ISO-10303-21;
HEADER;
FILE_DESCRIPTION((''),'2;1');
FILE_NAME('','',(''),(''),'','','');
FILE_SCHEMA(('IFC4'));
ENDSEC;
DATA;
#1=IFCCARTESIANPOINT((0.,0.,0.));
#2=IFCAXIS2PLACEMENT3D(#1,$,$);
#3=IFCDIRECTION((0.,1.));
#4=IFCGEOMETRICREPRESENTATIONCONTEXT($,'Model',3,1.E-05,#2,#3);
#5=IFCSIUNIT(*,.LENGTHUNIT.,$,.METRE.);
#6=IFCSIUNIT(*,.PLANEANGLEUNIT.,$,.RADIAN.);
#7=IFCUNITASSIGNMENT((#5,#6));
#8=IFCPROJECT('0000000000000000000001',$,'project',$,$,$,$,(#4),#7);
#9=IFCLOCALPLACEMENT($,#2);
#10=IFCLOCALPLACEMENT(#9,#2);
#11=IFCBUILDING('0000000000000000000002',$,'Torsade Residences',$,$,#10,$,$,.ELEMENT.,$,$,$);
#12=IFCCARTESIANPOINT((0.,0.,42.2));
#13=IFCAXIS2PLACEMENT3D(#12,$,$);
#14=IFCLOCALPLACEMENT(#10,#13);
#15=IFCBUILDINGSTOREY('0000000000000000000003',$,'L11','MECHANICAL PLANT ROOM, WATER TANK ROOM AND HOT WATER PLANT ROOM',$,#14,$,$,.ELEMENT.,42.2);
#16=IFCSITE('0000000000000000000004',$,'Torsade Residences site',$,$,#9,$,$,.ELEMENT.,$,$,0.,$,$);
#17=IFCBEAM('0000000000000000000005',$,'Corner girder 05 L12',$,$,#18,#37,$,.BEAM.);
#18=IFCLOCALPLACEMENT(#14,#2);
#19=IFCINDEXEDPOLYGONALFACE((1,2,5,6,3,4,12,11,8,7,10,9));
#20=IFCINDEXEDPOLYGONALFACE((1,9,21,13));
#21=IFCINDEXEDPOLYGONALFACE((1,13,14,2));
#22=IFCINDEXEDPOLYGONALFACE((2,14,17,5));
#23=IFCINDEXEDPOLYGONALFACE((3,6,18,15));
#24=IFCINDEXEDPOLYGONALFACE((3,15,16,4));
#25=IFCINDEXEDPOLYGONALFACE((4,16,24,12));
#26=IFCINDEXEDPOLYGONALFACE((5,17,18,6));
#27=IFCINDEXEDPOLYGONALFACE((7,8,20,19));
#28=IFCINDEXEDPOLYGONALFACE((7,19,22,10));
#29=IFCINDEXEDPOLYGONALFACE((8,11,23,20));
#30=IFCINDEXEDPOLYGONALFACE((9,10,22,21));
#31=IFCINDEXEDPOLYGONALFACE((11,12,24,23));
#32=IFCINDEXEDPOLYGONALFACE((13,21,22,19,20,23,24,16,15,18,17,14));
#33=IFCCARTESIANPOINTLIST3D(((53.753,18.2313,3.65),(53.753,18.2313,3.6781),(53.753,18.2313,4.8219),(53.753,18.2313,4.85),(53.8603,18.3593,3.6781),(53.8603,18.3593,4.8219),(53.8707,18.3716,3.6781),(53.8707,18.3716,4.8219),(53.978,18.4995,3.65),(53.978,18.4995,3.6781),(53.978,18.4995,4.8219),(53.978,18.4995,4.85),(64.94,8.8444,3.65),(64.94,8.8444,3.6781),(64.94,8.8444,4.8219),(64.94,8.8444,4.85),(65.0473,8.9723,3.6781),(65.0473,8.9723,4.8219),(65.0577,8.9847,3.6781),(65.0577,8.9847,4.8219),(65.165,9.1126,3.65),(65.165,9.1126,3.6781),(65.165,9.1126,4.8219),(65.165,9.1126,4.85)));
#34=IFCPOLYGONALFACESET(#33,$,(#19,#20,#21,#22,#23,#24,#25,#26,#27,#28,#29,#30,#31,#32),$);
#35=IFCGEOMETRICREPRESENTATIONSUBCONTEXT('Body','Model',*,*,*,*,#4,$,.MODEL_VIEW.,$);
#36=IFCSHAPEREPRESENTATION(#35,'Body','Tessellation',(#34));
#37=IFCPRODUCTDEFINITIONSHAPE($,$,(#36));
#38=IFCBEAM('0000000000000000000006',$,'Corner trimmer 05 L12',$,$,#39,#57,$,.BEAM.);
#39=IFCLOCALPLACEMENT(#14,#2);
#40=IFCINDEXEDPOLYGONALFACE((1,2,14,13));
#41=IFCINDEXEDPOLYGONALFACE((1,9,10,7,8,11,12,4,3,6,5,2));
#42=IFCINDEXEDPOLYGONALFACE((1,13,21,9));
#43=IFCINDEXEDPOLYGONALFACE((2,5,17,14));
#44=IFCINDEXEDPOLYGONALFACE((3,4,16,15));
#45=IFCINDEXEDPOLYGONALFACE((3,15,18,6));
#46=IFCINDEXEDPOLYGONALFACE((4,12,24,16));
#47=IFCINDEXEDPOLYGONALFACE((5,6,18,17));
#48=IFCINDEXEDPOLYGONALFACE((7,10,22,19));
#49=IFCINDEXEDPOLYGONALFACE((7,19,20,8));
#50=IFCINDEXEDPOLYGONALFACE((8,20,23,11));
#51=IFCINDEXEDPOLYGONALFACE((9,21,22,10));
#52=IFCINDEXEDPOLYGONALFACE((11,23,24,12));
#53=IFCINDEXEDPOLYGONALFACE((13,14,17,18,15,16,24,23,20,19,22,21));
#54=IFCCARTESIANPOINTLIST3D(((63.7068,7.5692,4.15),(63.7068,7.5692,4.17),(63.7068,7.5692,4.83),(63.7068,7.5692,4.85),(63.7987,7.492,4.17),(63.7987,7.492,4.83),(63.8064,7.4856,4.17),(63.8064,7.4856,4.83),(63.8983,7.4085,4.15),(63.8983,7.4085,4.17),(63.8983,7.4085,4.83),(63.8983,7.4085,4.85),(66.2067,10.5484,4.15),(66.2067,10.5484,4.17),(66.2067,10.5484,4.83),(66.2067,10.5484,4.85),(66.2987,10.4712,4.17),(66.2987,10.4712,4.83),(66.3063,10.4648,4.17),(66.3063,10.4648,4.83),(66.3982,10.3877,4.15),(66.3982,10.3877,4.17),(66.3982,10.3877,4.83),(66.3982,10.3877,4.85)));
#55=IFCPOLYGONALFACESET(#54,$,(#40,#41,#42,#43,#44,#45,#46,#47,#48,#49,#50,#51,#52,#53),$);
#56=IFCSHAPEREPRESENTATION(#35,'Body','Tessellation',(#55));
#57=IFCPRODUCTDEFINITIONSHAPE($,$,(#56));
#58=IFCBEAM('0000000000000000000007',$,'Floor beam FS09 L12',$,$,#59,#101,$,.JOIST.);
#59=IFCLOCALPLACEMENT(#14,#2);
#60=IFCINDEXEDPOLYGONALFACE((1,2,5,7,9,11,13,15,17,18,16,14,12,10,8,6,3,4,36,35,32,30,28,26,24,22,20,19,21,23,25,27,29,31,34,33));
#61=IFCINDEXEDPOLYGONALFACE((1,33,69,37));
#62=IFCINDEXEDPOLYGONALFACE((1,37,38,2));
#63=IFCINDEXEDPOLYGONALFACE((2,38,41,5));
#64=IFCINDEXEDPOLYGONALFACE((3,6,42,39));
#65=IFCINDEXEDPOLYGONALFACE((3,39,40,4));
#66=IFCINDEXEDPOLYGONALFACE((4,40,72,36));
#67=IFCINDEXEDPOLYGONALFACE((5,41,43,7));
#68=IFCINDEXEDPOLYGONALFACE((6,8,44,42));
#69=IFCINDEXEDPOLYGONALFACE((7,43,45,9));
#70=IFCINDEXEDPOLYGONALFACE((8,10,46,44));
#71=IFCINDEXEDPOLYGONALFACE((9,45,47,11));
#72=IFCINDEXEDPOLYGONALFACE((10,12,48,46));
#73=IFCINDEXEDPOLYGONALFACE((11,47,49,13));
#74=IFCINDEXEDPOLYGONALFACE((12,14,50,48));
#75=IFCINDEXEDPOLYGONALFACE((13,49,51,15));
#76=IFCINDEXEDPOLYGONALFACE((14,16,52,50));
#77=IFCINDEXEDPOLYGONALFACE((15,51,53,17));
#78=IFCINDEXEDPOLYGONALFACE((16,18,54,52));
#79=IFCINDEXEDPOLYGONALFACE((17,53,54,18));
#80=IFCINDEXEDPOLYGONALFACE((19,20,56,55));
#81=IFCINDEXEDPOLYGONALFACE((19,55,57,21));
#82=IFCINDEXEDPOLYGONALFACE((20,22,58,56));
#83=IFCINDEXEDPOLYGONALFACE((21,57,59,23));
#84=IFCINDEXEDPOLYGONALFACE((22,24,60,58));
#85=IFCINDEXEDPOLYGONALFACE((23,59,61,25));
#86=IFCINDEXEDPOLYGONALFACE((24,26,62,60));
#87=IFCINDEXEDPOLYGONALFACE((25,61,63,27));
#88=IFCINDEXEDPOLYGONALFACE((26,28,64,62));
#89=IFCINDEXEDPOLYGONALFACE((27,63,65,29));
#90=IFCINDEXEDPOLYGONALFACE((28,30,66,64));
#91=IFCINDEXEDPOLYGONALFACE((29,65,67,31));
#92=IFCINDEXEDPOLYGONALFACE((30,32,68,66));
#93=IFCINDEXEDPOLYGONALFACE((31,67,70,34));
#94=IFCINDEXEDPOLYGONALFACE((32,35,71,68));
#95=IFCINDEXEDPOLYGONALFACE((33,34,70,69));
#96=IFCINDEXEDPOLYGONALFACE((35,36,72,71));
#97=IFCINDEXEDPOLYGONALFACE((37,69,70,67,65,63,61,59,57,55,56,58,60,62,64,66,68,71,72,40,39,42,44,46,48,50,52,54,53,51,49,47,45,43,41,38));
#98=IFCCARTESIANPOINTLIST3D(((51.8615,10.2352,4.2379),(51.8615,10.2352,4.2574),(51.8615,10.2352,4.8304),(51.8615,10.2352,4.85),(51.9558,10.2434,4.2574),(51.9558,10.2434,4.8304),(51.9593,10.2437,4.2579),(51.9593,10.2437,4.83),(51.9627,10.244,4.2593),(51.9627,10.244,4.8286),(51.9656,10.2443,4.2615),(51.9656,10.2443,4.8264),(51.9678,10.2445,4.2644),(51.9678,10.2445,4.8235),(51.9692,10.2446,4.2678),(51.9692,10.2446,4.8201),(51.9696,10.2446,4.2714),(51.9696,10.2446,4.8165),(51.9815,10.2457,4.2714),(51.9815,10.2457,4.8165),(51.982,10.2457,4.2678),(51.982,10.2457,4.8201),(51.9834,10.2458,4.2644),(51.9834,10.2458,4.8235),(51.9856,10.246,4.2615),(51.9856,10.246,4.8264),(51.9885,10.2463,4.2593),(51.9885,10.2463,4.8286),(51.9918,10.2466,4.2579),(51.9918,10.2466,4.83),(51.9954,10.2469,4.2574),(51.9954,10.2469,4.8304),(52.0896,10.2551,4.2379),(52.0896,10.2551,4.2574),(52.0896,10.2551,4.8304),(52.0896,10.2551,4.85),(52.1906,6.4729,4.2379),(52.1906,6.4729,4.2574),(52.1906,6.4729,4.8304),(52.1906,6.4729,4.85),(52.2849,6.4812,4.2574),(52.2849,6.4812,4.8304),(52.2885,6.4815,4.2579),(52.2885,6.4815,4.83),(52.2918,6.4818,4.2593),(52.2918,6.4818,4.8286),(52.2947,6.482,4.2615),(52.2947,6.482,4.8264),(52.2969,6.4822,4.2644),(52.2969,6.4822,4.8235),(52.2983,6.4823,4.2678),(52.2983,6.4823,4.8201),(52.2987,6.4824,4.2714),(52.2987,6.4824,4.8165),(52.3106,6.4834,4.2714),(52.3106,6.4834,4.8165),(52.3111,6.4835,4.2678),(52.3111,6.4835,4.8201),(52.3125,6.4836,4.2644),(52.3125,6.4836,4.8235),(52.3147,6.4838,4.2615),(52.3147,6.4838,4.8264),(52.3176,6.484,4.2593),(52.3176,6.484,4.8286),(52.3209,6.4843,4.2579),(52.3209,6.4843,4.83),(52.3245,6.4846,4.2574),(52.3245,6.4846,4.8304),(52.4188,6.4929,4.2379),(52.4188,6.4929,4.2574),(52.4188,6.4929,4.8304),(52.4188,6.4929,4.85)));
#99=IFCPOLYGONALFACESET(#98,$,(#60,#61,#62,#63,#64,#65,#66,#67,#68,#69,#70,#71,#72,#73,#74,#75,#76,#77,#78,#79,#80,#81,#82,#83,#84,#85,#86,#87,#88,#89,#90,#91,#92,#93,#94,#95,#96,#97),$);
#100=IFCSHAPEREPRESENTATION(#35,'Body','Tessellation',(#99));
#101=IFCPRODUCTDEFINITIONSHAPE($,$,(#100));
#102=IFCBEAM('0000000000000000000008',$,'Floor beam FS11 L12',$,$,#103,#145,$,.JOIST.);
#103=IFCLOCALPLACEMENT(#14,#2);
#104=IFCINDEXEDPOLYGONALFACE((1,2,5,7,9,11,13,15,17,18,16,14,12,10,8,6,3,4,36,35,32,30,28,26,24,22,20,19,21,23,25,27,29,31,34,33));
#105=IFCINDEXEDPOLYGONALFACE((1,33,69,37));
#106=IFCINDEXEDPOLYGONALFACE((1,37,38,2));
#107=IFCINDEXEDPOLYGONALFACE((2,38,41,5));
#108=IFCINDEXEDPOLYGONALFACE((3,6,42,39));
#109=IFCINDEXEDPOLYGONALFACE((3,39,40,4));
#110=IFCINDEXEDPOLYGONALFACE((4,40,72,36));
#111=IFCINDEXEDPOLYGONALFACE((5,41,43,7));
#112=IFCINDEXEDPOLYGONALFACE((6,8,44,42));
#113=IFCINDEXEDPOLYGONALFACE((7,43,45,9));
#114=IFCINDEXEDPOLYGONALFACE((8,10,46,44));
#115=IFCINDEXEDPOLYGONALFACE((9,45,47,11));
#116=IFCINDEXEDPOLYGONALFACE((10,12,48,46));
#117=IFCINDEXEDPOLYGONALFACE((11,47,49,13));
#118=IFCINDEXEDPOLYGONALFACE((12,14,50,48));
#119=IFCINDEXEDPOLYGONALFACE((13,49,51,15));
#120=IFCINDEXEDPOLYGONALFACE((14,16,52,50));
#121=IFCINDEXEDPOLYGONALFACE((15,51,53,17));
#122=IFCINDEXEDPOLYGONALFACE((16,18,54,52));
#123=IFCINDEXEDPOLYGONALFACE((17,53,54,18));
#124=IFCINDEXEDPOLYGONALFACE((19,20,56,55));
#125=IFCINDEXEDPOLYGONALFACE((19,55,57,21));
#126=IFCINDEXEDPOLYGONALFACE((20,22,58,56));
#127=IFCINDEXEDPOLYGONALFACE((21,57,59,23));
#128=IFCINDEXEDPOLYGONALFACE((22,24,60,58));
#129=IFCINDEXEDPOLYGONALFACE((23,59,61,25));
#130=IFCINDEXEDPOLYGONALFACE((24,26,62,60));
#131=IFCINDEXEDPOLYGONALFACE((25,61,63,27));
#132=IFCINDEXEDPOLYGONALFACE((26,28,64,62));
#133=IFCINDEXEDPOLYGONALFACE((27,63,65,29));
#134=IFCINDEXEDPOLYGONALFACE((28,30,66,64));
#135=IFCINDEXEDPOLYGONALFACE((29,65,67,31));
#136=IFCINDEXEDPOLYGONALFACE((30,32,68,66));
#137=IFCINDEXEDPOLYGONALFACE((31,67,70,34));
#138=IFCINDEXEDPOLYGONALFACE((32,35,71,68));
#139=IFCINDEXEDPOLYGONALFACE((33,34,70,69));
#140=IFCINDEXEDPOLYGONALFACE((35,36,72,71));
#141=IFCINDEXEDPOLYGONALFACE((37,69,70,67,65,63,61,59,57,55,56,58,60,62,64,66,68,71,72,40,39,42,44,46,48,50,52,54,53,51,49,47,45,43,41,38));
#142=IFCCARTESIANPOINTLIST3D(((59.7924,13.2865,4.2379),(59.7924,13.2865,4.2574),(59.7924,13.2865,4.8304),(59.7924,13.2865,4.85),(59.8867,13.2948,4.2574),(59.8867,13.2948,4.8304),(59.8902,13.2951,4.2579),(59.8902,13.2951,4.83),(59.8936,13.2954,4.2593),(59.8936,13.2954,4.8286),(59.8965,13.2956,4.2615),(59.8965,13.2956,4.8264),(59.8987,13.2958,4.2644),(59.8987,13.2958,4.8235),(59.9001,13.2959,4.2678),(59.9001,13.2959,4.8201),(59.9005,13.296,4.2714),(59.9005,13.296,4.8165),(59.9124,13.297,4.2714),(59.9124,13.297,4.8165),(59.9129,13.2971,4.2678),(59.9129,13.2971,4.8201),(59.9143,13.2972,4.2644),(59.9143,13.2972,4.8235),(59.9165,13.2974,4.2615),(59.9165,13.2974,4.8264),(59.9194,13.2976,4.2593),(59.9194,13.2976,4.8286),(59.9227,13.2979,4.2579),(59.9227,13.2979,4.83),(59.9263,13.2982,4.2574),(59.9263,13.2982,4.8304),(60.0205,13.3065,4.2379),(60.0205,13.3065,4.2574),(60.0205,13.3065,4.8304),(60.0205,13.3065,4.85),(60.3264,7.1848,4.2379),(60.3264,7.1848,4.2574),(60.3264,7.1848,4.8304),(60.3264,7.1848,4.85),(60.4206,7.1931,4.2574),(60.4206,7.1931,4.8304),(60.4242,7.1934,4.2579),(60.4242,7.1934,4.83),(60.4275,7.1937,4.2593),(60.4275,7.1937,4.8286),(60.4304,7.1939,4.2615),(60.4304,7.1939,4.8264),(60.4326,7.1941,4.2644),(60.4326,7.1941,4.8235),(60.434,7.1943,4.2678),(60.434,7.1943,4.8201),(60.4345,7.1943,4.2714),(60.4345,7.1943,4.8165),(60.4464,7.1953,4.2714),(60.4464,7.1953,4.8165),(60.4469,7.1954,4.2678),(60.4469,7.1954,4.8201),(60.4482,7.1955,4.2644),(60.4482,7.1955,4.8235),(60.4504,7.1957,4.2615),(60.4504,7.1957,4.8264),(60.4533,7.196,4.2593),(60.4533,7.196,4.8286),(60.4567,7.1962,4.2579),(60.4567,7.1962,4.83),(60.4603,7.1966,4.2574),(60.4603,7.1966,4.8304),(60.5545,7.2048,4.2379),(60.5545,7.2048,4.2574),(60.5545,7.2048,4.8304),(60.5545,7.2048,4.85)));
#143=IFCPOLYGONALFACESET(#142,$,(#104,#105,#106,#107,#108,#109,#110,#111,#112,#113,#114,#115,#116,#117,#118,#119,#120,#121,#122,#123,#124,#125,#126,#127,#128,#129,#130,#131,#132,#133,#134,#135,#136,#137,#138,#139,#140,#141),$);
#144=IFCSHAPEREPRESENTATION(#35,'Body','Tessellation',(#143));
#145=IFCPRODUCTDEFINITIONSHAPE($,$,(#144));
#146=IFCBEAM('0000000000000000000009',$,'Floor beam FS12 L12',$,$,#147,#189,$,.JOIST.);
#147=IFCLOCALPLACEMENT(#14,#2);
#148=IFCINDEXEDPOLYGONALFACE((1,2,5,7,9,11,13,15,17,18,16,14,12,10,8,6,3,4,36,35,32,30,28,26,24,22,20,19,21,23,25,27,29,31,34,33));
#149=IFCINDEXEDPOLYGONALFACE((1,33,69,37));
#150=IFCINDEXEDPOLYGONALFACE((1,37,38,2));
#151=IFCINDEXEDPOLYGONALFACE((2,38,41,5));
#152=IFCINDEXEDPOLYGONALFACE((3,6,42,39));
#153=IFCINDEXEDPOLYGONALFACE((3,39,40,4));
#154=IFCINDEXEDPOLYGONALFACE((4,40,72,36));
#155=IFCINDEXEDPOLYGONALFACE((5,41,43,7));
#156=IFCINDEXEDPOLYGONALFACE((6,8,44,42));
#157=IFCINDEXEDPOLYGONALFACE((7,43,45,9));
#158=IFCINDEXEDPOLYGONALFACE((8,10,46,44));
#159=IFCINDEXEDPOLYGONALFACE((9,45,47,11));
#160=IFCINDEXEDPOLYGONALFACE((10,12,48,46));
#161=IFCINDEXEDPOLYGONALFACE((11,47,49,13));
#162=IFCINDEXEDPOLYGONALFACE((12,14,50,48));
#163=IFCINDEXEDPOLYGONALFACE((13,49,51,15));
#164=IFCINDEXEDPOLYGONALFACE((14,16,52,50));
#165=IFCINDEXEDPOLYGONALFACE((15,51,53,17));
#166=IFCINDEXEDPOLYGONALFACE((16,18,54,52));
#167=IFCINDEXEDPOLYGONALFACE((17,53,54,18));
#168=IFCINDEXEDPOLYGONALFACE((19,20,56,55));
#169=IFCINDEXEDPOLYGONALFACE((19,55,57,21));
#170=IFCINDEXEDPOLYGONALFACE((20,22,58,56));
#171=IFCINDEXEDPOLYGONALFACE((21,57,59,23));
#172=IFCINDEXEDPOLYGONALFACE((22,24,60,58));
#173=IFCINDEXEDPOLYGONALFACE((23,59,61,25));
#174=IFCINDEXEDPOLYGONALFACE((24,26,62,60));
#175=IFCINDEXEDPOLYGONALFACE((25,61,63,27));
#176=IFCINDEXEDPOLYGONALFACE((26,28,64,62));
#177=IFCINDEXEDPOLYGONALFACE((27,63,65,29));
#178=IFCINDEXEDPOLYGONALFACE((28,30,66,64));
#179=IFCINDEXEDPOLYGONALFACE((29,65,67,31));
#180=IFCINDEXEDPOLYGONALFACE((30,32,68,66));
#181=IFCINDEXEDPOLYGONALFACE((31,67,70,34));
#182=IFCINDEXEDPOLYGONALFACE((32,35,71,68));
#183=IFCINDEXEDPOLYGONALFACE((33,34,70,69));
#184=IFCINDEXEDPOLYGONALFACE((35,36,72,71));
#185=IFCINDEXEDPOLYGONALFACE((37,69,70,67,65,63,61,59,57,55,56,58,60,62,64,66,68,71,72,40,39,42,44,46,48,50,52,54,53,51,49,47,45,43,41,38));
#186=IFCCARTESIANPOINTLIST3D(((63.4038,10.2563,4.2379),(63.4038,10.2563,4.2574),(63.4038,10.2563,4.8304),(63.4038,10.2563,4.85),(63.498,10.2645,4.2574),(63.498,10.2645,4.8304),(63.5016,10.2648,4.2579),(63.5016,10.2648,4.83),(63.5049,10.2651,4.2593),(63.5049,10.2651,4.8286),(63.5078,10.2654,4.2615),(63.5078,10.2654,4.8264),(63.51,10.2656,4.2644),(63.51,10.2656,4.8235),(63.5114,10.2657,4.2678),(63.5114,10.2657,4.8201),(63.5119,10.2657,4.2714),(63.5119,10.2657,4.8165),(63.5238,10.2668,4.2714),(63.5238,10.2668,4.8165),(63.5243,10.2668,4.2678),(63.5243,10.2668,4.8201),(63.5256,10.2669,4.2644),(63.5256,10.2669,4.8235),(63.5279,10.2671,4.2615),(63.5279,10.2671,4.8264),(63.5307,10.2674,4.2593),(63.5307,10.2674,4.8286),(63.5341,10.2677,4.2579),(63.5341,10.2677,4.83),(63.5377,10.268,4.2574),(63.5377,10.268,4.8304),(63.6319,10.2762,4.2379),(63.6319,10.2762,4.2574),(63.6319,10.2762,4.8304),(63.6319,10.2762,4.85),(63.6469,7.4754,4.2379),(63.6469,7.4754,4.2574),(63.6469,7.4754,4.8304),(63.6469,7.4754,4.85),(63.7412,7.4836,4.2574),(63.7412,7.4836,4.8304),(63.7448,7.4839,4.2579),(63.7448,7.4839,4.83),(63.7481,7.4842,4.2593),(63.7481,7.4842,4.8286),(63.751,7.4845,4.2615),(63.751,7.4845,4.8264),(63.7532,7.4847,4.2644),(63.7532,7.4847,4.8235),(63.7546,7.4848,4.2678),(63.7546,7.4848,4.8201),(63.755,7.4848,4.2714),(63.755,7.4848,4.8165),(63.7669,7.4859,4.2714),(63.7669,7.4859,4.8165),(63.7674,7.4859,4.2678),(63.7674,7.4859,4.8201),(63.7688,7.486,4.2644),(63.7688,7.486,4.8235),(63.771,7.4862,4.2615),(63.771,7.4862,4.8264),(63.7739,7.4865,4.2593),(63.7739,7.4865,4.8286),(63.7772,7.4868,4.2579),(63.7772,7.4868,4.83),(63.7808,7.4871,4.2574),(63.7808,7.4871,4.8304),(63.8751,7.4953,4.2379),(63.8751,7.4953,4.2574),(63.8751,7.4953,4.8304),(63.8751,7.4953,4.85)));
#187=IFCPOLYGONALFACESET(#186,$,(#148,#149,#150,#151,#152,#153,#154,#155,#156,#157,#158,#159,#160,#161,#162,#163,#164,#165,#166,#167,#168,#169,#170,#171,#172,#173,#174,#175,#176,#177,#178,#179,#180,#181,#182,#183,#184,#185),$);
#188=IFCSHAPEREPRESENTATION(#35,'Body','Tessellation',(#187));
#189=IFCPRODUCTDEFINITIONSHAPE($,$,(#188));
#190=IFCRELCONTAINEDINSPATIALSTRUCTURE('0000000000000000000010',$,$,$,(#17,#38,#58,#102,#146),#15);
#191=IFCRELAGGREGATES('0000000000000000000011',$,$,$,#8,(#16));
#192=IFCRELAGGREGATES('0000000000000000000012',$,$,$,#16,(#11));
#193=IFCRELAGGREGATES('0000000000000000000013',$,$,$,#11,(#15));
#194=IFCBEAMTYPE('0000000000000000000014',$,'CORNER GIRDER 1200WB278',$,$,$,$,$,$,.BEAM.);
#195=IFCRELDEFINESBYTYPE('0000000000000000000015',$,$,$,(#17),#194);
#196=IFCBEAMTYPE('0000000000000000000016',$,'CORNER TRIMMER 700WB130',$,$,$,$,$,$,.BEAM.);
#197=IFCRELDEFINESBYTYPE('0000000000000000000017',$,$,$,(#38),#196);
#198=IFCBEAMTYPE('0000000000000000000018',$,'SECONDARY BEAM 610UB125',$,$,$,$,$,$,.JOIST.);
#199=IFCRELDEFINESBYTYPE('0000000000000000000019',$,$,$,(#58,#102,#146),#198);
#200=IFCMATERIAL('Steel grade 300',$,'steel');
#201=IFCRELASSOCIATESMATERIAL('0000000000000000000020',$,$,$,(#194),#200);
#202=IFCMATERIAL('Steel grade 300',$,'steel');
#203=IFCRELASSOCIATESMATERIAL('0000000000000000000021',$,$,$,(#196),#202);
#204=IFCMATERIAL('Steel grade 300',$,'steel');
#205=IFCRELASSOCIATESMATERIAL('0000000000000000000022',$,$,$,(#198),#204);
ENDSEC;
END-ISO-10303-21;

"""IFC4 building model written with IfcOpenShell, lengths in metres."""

from ifc_helpers import new_model, si_unit, direction, frame, origin, origin_2d, place, context, subcontext, project, spatial, i_section, extrude, material, material_profile, profile_set, type_object, element, save


model = new_model("IFC4")

# Units and contexts
model_context = context("Model", 3, precision=1e-05, world=origin(), true_north=direction((0.0, 1.0)))
body_context = subcontext(model_context, "Body", "Model", "MODEL_VIEW")
ifc_project = project(units=[si_unit("LENGTHUNIT", "METRE"), si_unit("PLANEANGLEUNIT", "RADIAN")], contexts=[model_context])

# Site, building, storey
site_placement = place(None, origin())
site = spatial("IfcSite", under=ifc_project, at=site_placement, Name="Torsade Residences site", CompositionType="ELEMENT", RefElevation=0.0)
building_placement = place(site_placement, origin())
building = spatial("IfcBuilding", under=site, at=building_placement, Name="Torsade Residences", CompositionType="ELEMENT")
storey_placement = place(building_placement, frame((0.0, 0.0, 42.2)))
storey = spatial("IfcBuildingStorey", under=building, at=storey_placement, Name="L11", Description="MECHANICAL PLANT ROOM, WATER TANK ROOM AND HOT WATER PLANT ROOM", CompositionType="ELEMENT", Elevation=42.2)

# Beams
ifc_material_1 = material(Name="Steel grade 300", Category="steel")
ifc_material_profile_1 = material_profile(ifc_material_1, i_section(OverallWidth=0.3501, OverallDepth=1.2, WebThickness=0.0161, FlangeThickness=0.0281, at=origin_2d()), Name="1200WB278")
ifc_profile_set_1 = profile_set([ifc_material_profile_1], Name="Steel grade 300")
beam_type_1 = type_object("IfcBeamType", Name="CORNER GIRDER 1200WB278", PredefinedType="BEAM", material=ifc_profile_set_1)
beam_1_placement = place(storey_placement, frame((65.0525, 8.9785, 4.25), z_axis=(-0.766046, 0.642785, 0.0), x_axis=(-0.642785, -0.766046, 0.0)))
element("IfcBeam", 1, at=beam_1_placement, inside=storey, type_object=beam_type_1, Name="Corner girder 05 L12", PredefinedType="BEAM", context=body_context, shape_type="SweptSolid", body=[
    extrude(i_section(OverallWidth=0.3501, OverallDepth=1.2, WebThickness=0.0161, FlangeThickness=0.0281, at=origin_2d()), origin(), (0.0, 0.0, 1.0), 14.6035),
])
ifc_material_2 = material(Name="Steel grade 300", Category="steel")
ifc_material_profile_2 = material_profile(ifc_material_2, i_section(OverallWidth=0.25, OverallDepth=0.7, WebThickness=0.01, FlangeThickness=0.02, at=origin_2d()), Name="700WB130")
ifc_profile_set_2 = profile_set([ifc_material_profile_2], Name="Steel grade 300")
beam_type_2 = type_object("IfcBeamType", Name="CORNER TRIMMER 700WB130", PredefinedType="BEAM", material=ifc_profile_set_2)
beam_2_placement = place(storey_placement, frame((66.3025, 10.468, 4.5), z_axis=(-0.642805, -0.76603, 0.0), x_axis=(0.76603, -0.642805, 0.0)))
element("IfcBeam", 2, at=beam_2_placement, inside=storey, type_object=beam_type_2, Name="Corner trimmer 05 L12", PredefinedType="BEAM", context=body_context, shape_type="SweptSolid", body=[
    extrude(i_section(OverallWidth=0.25, OverallDepth=0.7, WebThickness=0.01, FlangeThickness=0.02, at=origin_2d()), origin(), (0.0, 0.0, 1.0), 3.8892),
])
ifc_material_3 = material(Name="Steel grade 300", Category="steel")
ifc_material_profile_3 = material_profile(ifc_material_3, i_section(OverallWidth=0.229, OverallDepth=0.6121, WebThickness=0.012, FlangeThickness=0.0195, FilletRadius=0.0139, at=origin_2d()), Name="610UB125")
ifc_profile_set_3 = profile_set([ifc_material_profile_3], Name="Steel grade 300")
beam_type_3 = type_object("IfcBeamType", Name="SECONDARY BEAM 610UB125", PredefinedType="JOIST", material=ifc_profile_set_3)
beam_3_placement = place(storey_placement, frame((52.3047, 6.4829, 4.5439), z_axis=(-0.087143, 0.996196, 0.0), x_axis=(-0.996196, -0.087143, 0.0)))
element("IfcBeam", 3, at=beam_3_placement, inside=storey, type_object=beam_type_3, Name="Floor beam FS09 L12", PredefinedType="JOIST", context=body_context, shape_type="SweptSolid", body=[
    extrude(i_section(OverallWidth=0.229, OverallDepth=0.6121, WebThickness=0.012, FlangeThickness=0.0195, FilletRadius=0.0139, at=origin_2d()), origin(), (0.0, 0.0, 1.0), 3.7766),
])
beam_4_placement = place(storey_placement, frame((60.4404, 7.1948, 4.5439), z_axis=(-0.087175, 0.996193, 0.0), x_axis=(-0.996193, -0.087175, 0.0)))
element("IfcBeam", 4, at=beam_4_placement, inside=storey, type_object=beam_type_3, Name="Floor beam FS11 L12", PredefinedType="JOIST", context=body_context, shape_type="SweptSolid", body=[
    extrude(i_section(OverallWidth=0.229, OverallDepth=0.6121, WebThickness=0.012, FlangeThickness=0.0195, FilletRadius=0.0139, at=origin_2d()), origin(), (0.0, 0.0, 1.0), 6.125),
])
for number, where, z_axis, x_axis, name in (
    (5, (63.761, 7.4854, 4.5439), (-0.087105, 0.996199, 0.0), (-0.996199, -0.087105, 0.0), "Floor beam FS12 L12"),
):
    element("IfcBeam", number, at=place(storey_placement, frame(where, z_axis=z_axis, x_axis=x_axis)), inside=storey, type_object=beam_type_3, Name=name, PredefinedType="JOIST", context=body_context, shape_type="SweptSolid", body=[
        extrude(i_section(OverallWidth=0.229, OverallDepth=0.6121, WebThickness=0.012, FlangeThickness=0.0195, FilletRadius=0.0139, at=origin_2d()), origin(), (0.0, 0.0, 1.0), 2.7915),
    ])

save(model, "model.ifc")
